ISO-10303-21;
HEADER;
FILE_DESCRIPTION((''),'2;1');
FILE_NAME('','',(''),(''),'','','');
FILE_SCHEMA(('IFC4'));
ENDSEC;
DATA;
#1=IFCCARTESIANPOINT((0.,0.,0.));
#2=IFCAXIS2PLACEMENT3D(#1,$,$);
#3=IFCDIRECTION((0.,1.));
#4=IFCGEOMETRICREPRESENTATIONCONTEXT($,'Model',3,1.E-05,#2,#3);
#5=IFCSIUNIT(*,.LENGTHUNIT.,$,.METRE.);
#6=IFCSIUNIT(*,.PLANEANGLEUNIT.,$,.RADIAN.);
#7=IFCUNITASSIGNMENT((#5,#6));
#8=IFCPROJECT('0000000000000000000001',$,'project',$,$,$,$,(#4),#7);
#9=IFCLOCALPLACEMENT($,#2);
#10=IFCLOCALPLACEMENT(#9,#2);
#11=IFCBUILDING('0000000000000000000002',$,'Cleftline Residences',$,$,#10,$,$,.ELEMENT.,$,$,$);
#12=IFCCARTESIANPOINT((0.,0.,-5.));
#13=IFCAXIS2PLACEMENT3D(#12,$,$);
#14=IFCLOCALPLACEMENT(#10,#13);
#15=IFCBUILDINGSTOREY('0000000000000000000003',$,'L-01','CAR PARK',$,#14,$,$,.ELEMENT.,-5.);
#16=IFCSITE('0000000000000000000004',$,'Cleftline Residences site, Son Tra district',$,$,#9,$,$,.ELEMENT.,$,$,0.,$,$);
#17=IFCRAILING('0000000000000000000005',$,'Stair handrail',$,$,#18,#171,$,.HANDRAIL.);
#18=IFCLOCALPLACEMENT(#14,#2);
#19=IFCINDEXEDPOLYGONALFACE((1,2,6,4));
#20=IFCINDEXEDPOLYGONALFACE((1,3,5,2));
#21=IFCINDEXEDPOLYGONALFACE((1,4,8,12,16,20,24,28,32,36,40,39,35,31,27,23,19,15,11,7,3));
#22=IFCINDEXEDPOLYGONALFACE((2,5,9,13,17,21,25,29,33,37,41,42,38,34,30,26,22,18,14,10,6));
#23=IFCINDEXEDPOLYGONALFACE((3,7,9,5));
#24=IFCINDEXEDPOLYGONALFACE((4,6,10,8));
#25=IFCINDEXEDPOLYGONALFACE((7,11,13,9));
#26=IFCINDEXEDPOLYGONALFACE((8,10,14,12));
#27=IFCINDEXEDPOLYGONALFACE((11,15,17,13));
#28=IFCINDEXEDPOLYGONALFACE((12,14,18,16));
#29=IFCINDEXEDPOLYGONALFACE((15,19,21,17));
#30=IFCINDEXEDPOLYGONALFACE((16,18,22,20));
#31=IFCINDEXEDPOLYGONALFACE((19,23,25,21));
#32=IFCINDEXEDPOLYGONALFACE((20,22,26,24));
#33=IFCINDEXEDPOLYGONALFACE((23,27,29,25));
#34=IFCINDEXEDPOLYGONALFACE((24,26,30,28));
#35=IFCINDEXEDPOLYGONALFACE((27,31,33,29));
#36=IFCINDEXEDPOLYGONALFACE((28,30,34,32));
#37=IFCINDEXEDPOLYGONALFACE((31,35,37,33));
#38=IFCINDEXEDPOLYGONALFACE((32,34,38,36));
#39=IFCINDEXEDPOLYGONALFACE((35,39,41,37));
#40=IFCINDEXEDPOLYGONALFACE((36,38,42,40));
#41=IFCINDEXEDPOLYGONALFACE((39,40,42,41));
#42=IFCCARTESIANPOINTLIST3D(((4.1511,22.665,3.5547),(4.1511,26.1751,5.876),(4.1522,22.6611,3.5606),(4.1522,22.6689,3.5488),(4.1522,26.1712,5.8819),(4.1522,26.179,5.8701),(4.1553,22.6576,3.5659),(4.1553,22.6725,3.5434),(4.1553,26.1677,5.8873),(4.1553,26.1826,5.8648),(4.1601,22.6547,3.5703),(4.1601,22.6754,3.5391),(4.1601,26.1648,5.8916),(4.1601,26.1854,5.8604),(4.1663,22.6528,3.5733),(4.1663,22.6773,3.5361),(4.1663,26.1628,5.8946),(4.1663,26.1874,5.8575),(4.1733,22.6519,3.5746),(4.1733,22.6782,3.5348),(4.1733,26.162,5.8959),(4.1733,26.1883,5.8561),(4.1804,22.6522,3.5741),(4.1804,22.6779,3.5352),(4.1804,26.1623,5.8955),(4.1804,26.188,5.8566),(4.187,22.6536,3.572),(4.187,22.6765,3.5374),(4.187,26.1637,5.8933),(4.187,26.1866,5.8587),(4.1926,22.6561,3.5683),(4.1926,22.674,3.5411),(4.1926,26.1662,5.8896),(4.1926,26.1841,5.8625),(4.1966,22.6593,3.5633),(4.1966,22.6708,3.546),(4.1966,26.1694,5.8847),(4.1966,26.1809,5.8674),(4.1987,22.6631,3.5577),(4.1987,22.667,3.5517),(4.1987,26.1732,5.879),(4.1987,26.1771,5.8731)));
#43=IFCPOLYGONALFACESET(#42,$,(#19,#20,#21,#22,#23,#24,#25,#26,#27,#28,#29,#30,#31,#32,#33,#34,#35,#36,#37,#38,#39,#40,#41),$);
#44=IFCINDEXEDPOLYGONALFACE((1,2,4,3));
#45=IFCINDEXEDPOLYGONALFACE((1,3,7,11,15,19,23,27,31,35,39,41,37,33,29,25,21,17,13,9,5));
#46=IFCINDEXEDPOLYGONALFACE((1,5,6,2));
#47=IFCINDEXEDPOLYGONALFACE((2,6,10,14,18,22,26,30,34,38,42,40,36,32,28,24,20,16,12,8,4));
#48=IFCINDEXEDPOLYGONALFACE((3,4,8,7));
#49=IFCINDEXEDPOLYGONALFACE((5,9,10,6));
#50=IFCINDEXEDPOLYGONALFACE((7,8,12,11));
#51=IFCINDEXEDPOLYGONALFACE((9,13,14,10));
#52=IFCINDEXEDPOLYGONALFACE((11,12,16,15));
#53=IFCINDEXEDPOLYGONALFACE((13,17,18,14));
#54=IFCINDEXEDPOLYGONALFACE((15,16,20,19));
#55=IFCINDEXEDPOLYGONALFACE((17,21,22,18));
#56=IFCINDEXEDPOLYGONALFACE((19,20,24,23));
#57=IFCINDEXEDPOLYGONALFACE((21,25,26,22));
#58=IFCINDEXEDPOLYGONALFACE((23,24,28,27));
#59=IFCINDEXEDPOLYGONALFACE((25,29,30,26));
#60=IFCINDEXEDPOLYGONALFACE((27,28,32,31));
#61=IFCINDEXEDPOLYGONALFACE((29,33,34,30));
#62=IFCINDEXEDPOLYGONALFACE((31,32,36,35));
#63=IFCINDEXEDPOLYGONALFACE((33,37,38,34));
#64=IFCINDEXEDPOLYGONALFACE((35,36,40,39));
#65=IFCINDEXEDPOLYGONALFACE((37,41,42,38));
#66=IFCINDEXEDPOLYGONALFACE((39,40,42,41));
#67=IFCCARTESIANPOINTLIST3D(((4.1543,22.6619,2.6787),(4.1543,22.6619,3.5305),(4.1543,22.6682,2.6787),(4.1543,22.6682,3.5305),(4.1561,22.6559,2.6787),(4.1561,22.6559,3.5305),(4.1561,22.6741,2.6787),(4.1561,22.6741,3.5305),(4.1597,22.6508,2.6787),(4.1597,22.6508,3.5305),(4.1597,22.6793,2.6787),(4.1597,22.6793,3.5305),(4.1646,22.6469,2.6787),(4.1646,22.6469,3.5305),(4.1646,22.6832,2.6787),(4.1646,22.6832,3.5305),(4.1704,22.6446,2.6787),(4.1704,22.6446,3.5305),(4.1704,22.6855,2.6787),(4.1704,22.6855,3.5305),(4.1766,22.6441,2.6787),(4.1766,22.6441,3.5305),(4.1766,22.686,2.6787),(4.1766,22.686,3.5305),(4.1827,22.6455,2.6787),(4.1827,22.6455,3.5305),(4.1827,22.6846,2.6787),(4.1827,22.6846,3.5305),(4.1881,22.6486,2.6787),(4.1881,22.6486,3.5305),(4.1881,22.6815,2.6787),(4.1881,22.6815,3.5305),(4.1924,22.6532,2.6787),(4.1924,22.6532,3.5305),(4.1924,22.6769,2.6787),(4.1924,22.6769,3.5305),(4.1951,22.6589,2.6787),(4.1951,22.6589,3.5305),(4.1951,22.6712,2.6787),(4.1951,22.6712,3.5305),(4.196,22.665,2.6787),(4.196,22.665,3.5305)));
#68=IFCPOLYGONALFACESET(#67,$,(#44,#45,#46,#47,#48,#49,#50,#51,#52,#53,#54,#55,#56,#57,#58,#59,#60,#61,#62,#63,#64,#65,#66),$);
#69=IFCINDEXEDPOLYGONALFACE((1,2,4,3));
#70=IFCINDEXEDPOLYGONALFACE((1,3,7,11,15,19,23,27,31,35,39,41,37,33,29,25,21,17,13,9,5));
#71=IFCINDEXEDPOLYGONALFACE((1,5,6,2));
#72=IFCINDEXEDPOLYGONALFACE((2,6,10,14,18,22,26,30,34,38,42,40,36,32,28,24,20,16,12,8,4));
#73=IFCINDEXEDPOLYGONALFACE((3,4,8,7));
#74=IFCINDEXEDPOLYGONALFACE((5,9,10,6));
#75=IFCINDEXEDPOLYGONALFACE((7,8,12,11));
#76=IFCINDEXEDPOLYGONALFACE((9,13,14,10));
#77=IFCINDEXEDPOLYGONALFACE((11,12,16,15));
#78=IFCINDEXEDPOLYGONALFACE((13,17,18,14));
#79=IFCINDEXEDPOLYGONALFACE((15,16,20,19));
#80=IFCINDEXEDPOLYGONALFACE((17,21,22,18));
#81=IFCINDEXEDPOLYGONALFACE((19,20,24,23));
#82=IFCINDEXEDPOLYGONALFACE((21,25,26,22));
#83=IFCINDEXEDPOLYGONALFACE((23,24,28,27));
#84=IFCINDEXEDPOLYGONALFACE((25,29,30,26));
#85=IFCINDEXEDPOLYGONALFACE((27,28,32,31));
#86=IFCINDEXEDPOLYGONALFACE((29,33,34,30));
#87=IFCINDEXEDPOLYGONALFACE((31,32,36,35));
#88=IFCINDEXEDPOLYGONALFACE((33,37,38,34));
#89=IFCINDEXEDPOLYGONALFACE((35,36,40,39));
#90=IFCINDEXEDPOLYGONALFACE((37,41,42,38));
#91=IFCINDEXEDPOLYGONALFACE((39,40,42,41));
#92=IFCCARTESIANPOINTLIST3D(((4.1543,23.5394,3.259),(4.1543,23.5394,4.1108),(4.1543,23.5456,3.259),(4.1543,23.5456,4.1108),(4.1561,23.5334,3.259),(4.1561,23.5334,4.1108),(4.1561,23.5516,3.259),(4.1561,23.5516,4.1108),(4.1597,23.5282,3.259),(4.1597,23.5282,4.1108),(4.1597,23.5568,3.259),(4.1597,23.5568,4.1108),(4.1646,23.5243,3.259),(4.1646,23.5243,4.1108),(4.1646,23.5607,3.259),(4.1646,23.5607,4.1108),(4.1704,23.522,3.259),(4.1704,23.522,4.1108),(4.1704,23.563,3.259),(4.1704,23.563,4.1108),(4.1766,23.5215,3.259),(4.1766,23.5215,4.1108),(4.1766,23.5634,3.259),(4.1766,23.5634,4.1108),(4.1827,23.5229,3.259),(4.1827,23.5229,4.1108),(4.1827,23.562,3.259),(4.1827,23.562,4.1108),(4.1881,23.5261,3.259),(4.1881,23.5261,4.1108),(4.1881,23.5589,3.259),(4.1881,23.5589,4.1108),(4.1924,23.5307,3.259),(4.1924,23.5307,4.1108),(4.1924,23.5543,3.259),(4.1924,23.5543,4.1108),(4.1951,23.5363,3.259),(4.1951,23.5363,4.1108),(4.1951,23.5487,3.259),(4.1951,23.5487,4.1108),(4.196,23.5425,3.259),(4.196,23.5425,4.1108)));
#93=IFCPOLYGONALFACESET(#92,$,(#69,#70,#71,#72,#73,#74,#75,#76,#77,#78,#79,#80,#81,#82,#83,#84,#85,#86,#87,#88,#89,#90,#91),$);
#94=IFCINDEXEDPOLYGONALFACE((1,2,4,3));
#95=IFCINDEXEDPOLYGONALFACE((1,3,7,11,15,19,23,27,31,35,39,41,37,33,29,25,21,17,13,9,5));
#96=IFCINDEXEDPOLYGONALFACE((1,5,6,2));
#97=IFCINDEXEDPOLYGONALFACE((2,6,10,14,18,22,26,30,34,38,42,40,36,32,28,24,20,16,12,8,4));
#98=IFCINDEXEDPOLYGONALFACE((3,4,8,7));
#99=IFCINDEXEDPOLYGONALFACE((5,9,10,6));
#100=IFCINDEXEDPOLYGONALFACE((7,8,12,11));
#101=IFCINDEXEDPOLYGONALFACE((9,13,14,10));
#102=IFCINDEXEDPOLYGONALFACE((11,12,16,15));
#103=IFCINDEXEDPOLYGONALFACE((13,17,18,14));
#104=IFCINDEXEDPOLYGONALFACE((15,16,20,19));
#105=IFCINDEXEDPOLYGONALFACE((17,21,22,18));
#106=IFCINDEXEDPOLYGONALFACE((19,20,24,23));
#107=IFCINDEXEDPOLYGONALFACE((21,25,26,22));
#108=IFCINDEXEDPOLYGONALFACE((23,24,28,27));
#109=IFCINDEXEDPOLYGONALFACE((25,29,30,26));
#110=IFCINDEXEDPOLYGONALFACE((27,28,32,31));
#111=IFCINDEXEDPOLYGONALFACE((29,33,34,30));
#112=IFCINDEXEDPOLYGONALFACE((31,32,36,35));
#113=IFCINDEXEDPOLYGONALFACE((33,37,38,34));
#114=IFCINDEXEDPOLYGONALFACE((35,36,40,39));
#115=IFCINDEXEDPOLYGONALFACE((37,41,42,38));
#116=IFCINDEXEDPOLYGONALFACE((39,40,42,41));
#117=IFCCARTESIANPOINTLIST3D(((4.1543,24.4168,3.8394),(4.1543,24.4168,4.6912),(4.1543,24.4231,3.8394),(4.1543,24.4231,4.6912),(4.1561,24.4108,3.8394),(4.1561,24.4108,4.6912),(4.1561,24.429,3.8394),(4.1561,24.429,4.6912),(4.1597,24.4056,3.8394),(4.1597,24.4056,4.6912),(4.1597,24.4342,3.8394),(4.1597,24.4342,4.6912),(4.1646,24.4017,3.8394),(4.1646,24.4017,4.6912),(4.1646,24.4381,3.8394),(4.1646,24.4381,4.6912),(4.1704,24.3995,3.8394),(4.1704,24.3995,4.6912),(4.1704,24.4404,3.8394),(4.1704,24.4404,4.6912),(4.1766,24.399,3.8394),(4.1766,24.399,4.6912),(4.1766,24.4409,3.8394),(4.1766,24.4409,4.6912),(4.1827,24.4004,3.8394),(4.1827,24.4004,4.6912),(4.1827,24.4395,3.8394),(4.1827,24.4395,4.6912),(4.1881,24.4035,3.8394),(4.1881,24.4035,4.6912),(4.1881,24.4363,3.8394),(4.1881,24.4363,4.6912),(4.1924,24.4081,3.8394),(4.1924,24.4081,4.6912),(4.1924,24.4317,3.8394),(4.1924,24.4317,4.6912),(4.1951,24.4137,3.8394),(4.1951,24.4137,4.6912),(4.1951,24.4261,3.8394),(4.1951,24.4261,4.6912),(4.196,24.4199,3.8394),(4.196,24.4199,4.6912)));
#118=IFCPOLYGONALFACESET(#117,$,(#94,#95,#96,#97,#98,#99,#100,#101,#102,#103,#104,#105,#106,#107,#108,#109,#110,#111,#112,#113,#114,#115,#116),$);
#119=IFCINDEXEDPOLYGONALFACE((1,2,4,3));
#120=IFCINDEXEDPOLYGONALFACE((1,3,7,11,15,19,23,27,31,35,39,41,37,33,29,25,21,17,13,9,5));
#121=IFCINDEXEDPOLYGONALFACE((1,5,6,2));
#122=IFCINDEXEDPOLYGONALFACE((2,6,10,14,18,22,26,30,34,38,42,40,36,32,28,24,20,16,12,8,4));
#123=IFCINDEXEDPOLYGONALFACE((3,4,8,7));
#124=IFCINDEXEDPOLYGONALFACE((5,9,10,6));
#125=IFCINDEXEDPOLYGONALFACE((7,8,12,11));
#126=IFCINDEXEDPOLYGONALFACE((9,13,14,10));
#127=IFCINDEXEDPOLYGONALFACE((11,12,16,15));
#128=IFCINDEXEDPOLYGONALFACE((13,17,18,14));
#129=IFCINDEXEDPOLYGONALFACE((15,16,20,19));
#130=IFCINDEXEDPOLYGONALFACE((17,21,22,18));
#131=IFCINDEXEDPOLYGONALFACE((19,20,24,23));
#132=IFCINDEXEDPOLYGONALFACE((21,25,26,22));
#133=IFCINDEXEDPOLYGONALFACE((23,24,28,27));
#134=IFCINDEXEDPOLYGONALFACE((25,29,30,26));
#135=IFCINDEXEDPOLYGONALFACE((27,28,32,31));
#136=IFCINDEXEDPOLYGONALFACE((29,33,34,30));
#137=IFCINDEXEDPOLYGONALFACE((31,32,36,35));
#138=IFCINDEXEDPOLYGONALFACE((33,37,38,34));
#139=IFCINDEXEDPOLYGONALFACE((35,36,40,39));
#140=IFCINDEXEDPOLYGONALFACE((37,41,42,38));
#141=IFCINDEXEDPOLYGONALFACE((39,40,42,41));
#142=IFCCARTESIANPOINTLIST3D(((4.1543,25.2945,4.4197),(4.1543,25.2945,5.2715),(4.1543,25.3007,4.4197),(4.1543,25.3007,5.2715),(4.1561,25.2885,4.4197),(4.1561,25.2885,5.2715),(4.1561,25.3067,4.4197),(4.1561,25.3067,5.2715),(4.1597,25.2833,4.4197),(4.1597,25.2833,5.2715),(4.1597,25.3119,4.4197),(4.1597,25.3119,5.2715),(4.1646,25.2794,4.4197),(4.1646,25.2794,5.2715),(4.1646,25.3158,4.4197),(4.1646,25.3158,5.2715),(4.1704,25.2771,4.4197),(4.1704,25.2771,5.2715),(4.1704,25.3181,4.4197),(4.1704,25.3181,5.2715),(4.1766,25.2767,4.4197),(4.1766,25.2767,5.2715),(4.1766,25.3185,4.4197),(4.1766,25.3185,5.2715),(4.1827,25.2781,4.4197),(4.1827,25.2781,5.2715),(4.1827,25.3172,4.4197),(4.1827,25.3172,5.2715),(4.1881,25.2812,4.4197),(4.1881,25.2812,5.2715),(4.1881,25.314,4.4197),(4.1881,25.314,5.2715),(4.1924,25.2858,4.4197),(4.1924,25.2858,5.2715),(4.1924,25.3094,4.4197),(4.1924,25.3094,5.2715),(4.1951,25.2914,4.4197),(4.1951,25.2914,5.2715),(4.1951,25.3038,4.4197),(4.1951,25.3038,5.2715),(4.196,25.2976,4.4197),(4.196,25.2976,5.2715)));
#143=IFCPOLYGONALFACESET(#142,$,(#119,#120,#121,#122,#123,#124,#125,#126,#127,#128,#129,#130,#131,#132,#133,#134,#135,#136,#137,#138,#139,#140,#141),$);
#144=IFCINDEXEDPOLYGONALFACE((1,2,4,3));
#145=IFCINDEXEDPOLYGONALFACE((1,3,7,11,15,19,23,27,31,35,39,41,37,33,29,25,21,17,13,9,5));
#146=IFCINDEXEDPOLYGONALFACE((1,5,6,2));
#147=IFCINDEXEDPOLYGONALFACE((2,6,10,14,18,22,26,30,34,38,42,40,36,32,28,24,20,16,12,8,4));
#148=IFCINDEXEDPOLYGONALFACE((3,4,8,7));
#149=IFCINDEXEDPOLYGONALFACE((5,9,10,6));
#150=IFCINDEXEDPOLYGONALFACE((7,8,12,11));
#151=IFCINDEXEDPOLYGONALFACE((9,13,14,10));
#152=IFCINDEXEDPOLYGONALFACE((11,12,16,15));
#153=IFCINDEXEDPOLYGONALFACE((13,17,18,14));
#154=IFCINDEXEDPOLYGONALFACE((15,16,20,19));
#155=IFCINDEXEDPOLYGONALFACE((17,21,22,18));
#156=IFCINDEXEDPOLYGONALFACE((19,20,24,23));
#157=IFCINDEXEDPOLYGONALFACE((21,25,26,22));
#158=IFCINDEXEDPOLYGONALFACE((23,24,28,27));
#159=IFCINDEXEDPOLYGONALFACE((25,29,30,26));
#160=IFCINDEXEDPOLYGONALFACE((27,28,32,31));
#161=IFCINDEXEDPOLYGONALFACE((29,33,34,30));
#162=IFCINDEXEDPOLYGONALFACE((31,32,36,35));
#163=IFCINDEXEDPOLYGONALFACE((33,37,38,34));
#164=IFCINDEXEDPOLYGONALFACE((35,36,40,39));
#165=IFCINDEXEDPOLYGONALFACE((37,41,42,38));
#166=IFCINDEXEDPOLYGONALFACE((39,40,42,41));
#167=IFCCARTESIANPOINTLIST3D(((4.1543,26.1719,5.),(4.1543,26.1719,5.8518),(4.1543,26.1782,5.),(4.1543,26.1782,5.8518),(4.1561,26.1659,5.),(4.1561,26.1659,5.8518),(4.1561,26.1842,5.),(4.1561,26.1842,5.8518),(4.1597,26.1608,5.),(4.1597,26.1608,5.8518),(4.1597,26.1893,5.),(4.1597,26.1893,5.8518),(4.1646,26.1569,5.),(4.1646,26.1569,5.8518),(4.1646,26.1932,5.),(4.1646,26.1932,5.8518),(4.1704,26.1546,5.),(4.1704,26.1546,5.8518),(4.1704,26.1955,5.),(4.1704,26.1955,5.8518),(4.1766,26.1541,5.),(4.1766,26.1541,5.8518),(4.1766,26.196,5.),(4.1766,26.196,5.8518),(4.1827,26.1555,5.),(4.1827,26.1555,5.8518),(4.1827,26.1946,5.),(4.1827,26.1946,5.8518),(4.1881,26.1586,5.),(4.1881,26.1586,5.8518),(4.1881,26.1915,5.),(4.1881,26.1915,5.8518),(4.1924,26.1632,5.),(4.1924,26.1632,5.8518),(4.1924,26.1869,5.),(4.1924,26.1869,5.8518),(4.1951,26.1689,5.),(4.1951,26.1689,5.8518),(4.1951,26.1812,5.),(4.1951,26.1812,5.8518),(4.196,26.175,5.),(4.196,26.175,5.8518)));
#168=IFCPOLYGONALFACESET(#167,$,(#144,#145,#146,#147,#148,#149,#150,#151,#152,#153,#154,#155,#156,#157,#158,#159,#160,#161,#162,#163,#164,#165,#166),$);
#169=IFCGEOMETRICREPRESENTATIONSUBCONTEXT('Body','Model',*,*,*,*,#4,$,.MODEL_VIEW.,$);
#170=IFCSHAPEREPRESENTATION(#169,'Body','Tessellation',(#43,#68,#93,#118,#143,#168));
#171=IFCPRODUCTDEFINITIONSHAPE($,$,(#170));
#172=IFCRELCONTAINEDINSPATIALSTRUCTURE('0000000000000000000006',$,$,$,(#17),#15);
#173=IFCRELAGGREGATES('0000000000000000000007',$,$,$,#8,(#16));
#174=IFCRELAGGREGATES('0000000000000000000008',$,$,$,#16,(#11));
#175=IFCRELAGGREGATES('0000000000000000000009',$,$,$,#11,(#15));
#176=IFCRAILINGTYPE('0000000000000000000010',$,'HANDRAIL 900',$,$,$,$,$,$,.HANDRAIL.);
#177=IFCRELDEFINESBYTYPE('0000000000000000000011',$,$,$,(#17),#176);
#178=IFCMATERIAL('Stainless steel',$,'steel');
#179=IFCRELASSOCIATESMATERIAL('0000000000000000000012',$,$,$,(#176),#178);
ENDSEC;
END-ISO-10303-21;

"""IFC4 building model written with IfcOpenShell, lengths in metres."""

from ifc_helpers import new_model, si_unit, direction, frame, origin, origin_2d, place, context, subcontext, project, spatial, circle, extrude, material, type_object, element, save


model = new_model("IFC4")

# Units and contexts
model_context = context("Model", 3, precision=1e-05, world=origin(), true_north=direction((0.0, 1.0)))
body_context = subcontext(model_context, "Body", "Model", "MODEL_VIEW")
ifc_project = project(units=[si_unit("LENGTHUNIT", "METRE"), si_unit("PLANEANGLEUNIT", "RADIAN")], contexts=[model_context])

# Site, building, storey
site_placement = place(None, origin())
site = spatial("IfcSite", under=ifc_project, at=site_placement, Name="Cleftline Residences site, Son Tra district", CompositionType="ELEMENT", RefElevation=0.0)
building_placement = place(site_placement, origin())
building = spatial("IfcBuilding", under=site, at=building_placement, Name="Cleftline Residences", CompositionType="ELEMENT")
storey_placement = place(building_placement, frame((0.0, 0.0, -5.0)))
storey = spatial("IfcBuildingStorey", under=building, at=storey_placement, Name="L-01", Description="CAR PARK", CompositionType="ELEMENT", Elevation=-5.0)

# Railing
ifc_material_1 = material(Name="Stainless steel", Category="steel")
railing_type = type_object("IfcRailingType", Name="HANDRAIL 900", PredefinedType="HANDRAIL", material=ifc_material_1)
railing_1_placement = place(storey_placement, frame((4.175, 22.665, 2.6787)))
element("IfcRailing", 1, at=railing_1_placement, inside=storey, type_object=railing_type, Name="Stair handrail", PredefinedType="HANDRAIL", context=body_context, shape_type="SweptSolid", body=[
    extrude(circle(Radius=0.0239, at=origin_2d()), frame((0.0, 0.0, 0.876), z_axis=(0.0, 0.834097, 0.551617), x_axis=(-1.0, 0.0, 0.0)), (0.0, 0.0, 1.0), 4.2083),
    extrude(circle(Radius=0.021, at=origin_2d()), origin(), (0.0, 0.0, 1.0), 0.8518),
    extrude(circle(Radius=0.021, at=origin_2d()), frame((0.0, 0.8774, 0.5803)), (0.0, 0.0, 1.0), 0.8518),
    extrude(circle(Radius=0.021, at=origin_2d()), frame((0.0, 1.7549, 1.1606)), (0.0, 0.0, 1.0), 0.8518),
    extrude(circle(Radius=0.021, at=origin_2d()), frame((0.0, 2.6326, 1.741)), (0.0, 0.0, 1.0), 0.8518),
    extrude(circle(Radius=0.021, at=origin_2d()), frame((0.0, 3.51, 2.3213)), (0.0, 0.0, 1.0), 0.8518),
])

save(model, "model.ifc")
